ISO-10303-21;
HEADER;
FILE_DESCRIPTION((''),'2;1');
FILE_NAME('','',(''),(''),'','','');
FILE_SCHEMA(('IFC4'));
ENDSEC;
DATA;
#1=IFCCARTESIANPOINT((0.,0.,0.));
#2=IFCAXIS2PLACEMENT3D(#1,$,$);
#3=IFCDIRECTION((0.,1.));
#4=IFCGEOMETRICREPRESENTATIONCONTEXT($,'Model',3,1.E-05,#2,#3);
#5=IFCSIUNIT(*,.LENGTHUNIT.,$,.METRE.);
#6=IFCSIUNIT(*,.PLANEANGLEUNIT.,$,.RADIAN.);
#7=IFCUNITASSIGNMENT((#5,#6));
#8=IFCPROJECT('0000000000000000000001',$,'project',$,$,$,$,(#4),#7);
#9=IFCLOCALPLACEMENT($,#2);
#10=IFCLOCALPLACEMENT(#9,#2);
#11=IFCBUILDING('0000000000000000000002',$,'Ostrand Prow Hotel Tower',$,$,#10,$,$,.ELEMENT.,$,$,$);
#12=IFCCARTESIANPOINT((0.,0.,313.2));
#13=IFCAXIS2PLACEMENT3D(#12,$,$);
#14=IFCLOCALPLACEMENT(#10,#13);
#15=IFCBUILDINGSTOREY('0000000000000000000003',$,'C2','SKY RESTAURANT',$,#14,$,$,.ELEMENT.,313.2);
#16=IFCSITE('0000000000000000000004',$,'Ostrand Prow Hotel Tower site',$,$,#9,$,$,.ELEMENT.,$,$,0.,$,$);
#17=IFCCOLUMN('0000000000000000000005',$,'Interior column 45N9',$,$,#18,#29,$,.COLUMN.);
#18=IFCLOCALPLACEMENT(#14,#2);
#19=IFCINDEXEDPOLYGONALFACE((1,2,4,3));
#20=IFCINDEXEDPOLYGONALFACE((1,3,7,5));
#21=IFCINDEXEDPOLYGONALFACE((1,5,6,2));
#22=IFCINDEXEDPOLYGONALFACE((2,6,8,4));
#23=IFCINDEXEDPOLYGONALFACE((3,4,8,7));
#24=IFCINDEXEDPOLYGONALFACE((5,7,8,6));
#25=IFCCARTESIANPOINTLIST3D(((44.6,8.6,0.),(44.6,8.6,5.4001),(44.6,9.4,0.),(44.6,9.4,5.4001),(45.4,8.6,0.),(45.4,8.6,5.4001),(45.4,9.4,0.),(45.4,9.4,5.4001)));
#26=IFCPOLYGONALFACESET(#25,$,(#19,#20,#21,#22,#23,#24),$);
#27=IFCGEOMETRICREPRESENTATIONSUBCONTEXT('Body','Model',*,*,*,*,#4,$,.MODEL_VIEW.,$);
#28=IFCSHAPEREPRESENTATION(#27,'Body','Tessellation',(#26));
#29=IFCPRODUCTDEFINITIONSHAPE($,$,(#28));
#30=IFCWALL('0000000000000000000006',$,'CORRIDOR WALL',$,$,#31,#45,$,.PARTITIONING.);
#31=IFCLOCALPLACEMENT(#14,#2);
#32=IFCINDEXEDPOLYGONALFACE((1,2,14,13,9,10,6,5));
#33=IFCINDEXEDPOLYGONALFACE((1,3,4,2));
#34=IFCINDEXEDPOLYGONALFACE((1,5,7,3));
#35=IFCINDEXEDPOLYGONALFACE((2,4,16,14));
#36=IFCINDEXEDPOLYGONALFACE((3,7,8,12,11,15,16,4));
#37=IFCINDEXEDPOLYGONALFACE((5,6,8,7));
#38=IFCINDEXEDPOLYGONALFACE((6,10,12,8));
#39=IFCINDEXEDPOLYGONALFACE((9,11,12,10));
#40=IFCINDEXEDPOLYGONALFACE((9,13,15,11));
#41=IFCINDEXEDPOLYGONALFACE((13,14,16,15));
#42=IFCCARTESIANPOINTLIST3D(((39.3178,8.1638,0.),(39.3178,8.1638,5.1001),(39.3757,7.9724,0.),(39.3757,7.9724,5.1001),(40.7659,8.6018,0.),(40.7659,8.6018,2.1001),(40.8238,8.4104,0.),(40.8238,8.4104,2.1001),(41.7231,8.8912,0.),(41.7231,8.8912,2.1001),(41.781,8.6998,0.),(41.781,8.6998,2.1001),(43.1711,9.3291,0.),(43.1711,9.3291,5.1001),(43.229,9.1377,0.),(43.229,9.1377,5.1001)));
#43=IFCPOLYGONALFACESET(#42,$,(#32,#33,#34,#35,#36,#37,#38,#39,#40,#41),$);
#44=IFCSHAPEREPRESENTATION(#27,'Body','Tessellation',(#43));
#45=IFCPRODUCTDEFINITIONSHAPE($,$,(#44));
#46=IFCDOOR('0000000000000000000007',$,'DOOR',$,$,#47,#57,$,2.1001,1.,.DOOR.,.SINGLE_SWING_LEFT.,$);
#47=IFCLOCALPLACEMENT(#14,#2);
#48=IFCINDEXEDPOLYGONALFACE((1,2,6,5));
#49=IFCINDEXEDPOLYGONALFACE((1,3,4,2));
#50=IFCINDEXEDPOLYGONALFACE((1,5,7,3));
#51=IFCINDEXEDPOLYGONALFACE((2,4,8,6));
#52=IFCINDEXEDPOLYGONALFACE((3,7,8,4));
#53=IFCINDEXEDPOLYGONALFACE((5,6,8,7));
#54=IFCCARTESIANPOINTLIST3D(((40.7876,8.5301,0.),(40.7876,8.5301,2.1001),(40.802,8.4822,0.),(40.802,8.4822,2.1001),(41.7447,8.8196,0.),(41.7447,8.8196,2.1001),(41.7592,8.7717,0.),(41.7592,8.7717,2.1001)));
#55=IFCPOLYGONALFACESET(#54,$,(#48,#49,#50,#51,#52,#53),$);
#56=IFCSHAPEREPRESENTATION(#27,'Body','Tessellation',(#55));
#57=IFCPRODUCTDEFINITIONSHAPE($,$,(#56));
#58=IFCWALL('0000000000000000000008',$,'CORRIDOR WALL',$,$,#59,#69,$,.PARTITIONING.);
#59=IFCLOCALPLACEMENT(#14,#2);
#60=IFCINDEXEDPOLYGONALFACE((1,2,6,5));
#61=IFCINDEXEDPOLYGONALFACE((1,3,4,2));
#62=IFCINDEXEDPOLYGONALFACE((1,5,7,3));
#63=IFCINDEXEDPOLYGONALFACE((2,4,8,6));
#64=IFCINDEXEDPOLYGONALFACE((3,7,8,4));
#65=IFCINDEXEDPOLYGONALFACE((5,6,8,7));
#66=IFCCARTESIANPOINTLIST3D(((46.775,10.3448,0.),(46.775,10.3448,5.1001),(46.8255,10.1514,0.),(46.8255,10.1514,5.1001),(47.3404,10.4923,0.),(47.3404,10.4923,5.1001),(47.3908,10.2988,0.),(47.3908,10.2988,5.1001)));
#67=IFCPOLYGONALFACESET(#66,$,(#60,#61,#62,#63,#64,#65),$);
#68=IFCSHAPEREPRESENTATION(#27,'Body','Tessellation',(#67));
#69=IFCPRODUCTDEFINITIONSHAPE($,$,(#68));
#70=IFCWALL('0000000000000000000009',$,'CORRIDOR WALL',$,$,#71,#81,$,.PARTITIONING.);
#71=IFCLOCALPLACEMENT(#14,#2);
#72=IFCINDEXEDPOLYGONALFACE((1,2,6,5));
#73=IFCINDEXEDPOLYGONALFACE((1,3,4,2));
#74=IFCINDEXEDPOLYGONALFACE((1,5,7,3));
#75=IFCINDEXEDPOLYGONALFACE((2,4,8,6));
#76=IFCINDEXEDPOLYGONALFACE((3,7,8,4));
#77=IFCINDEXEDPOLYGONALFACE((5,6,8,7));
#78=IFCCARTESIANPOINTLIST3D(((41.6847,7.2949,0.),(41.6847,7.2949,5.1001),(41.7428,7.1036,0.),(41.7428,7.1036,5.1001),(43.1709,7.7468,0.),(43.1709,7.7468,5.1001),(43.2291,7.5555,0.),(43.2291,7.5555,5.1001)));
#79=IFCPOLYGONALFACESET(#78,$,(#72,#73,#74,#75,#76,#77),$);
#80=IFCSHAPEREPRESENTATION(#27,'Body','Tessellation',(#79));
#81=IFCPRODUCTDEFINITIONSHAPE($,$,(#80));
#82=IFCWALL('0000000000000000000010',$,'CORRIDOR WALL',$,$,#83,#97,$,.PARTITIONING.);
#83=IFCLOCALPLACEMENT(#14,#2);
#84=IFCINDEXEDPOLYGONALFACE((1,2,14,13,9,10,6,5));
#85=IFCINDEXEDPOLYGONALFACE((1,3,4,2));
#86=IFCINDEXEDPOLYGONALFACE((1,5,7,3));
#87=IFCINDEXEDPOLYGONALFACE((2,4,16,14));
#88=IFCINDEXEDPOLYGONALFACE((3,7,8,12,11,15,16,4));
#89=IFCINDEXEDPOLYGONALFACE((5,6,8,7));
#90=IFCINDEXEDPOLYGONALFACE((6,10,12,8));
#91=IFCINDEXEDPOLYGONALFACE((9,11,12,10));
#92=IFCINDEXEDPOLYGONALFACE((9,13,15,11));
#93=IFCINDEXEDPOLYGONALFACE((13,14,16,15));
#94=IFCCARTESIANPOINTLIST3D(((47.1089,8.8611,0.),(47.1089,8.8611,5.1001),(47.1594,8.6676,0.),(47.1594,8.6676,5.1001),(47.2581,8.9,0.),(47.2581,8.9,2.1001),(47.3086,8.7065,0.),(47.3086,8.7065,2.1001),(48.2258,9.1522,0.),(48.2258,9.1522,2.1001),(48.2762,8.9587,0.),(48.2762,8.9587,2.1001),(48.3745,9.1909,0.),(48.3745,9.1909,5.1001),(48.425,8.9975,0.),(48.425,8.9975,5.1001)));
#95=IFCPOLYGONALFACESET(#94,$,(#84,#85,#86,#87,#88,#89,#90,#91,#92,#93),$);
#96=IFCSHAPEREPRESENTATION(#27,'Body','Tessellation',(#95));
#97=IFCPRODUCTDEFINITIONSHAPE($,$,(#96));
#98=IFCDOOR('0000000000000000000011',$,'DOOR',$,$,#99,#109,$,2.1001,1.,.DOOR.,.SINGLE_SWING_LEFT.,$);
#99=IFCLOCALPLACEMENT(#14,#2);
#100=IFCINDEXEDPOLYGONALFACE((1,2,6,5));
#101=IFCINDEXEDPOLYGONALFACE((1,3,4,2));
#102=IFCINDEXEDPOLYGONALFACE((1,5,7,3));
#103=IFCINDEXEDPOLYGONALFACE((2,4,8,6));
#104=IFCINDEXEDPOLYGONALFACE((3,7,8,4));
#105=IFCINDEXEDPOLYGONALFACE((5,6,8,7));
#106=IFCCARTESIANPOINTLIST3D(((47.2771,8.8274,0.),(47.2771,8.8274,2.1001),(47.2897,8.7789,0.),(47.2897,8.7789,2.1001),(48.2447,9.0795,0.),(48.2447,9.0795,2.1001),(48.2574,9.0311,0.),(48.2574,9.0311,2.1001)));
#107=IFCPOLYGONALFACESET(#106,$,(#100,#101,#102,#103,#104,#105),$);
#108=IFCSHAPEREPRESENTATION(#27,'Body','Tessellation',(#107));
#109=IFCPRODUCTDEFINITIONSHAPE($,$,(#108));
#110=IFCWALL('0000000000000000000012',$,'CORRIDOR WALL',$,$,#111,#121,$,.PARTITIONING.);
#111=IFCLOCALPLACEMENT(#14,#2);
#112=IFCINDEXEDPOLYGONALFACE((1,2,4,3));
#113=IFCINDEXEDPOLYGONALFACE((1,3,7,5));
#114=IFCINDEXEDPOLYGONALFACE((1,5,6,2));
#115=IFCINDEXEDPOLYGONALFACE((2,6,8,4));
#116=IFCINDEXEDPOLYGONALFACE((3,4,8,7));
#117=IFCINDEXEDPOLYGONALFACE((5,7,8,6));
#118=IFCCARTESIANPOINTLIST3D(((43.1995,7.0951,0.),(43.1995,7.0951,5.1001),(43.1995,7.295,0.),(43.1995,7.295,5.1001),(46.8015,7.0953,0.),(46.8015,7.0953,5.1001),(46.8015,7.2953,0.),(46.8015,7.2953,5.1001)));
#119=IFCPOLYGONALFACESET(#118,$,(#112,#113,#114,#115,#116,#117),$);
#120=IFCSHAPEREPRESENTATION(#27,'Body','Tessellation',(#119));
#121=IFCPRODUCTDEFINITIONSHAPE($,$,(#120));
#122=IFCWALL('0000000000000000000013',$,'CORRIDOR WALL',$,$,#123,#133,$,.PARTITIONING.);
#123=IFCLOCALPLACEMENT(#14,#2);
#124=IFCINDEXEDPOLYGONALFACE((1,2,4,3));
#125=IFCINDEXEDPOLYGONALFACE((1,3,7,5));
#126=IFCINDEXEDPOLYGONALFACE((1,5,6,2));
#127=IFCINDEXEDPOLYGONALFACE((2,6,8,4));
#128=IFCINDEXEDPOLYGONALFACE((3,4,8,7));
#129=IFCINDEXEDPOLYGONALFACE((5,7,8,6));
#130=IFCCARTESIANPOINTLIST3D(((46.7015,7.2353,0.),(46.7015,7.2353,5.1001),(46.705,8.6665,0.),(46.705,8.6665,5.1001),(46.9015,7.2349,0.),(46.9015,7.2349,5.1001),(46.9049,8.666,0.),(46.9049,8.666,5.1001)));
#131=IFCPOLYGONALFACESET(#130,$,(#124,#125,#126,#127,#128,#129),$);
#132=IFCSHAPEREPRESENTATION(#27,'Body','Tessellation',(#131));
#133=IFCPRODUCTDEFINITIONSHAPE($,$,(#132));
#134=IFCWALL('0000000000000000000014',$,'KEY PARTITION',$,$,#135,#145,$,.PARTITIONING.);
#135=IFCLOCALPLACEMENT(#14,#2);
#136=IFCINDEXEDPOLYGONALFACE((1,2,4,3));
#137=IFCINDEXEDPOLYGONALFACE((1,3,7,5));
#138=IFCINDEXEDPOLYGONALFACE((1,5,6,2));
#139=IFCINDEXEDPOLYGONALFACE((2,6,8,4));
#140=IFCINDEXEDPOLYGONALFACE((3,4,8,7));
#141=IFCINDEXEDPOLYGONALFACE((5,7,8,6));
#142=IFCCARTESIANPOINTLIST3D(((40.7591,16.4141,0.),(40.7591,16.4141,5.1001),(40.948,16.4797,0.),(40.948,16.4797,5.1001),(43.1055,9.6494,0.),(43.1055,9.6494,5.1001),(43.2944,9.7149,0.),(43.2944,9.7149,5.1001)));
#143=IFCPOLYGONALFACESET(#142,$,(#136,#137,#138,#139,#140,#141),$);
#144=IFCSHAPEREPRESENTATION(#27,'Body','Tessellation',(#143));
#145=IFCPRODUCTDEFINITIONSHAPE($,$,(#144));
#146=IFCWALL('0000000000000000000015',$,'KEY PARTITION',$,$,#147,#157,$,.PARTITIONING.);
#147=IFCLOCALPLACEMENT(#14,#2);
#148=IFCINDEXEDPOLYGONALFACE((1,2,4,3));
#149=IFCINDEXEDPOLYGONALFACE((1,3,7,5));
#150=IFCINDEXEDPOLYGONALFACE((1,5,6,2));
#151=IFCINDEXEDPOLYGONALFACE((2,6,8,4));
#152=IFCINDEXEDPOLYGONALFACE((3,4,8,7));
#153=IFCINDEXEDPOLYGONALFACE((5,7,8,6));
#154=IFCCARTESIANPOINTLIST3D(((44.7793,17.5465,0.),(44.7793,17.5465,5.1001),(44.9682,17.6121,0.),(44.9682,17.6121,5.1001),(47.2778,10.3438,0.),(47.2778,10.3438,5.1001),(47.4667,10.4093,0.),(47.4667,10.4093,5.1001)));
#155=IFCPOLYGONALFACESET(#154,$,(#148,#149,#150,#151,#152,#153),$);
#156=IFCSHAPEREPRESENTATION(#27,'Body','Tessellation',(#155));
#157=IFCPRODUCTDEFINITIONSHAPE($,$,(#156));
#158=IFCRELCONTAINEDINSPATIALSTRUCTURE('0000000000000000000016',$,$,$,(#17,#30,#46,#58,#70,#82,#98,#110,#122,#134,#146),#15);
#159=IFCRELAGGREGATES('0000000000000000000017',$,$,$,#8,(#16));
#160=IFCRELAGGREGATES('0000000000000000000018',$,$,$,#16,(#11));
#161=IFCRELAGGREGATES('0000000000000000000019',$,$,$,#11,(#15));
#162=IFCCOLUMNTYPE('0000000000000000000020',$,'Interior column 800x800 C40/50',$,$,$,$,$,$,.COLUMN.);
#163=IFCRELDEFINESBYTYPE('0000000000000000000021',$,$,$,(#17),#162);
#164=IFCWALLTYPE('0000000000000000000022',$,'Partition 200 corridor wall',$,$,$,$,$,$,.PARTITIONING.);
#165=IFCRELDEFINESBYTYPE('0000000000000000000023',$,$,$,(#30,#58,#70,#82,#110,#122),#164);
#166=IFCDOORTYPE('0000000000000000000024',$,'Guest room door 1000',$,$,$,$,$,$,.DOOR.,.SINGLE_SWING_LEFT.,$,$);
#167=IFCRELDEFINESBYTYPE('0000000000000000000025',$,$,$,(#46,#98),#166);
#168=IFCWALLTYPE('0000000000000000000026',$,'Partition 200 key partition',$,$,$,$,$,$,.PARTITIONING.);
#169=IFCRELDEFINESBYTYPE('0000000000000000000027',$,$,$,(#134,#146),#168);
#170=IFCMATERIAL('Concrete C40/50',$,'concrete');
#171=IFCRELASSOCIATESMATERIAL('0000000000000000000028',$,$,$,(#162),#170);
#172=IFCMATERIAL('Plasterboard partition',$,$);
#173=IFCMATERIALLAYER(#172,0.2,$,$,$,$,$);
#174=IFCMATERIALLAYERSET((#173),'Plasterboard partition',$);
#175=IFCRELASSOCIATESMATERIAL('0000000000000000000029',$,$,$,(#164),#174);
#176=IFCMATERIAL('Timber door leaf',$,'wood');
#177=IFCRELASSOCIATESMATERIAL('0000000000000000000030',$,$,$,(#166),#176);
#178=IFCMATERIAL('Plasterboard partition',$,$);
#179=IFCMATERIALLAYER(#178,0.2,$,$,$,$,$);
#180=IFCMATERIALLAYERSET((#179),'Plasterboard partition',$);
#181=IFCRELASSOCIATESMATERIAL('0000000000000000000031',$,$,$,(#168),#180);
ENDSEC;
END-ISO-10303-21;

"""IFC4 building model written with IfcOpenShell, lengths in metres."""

from ifc_helpers import new_model, si_unit, direction, frame, frame_2d, origin, origin_2d, place, context, subcontext, project, spatial, rectangle, extrude, material, layer, layer_set, material_profile, profile_set, type_object, element, fill, save


model = new_model("IFC4")

# Units and contexts
model_context = context("Model", 3, precision=1e-05, world=origin(), true_north=direction((0.0, 1.0)))
body_context = subcontext(model_context, "Body", "Model", "MODEL_VIEW")
ifc_project = project(units=[si_unit("LENGTHUNIT", "METRE"), si_unit("PLANEANGLEUNIT", "RADIAN")], contexts=[model_context])

# Site, building, storey
site_placement = place(None, origin())
site = spatial("IfcSite", under=ifc_project, at=site_placement, Name="Ostrand Prow Hotel Tower site", CompositionType="ELEMENT", RefElevation=0.0)
building_placement = place(site_placement, origin())
building = spatial("IfcBuilding", under=site, at=building_placement, Name="Ostrand Prow Hotel Tower", CompositionType="ELEMENT")
storey_placement = place(building_placement, frame((0.0, 0.0, 313.2)))
storey = spatial("IfcBuildingStorey", under=building, at=storey_placement, Name="C2", Description="SKY RESTAURANT", CompositionType="ELEMENT", Elevation=313.2)

# Column
ifc_material_1 = material(Name="Concrete C40/50", Category="concrete")
ifc_material_profile = material_profile(ifc_material_1, rectangle(XDim=0.8, YDim=0.8, at=origin_2d()), Name="RC 800x800")
ifc_profile_set = profile_set([ifc_material_profile], Name="Concrete C40/50")
column_type = type_object("IfcColumnType", Name="Interior column 800x800 C40/50", PredefinedType="COLUMN", material=ifc_profile_set)
column_placement = place(storey_placement, frame((45.0, 9.0, 0.0), z_axis=(0.0, 0.0, 1.0), x_axis=(1.0, 0.0, 0.0)))
element("IfcColumn", 1, at=column_placement, inside=storey, type_object=column_type, Name="Interior column 45N9", PredefinedType="COLUMN", context=body_context, shape_type="SweptSolid", body=[
    extrude(rectangle(XDim=0.8, YDim=0.8, at=origin_2d()), origin(), (0.0, 0.0, 1.0), 5.4001),
])

# Wall, opening, door
ifc_material_2 = material(Name="Plasterboard partition")
ifc_layer_1 = layer(ifc_material_2, 0.2)
ifc_layer_set_1 = layer_set([ifc_layer_1], Name="Plasterboard partition")
wall_type_1 = type_object("IfcWallType", Name="Partition 200 corridor wall", PredefinedType="PARTITIONING", material=ifc_layer_set_1)
wall_1_placement = place(storey_placement, frame((43.2, 9.2334, 0.0), z_axis=(0.0, 0.0, 1.0), x_axis=(-0.957188, -0.289467, 0.0)))
wall_1 = element("IfcWall", 2, at=wall_1_placement, inside=storey, type_object=wall_type_1, Name="CORRIDOR WALL", PredefinedType="PARTITIONING", context=body_context, shape_type="SweptSolid", body=[
    extrude(rectangle(XDim=4.0256, YDim=0.2, at=frame_2d((2.0127, 0.0))), origin(), (0.0, 0.0, 1.0), 5.1001),
])
opening_1_placement = place(wall_1_placement, frame((1.5127, 0.0, 0.0)))
opening_1 = element("IfcOpeningElement", 3, at=opening_1_placement, cuts=wall_1, PredefinedType="OPENING", context=body_context, shape_type="SweptSolid", body=[
    extrude(rectangle(XDim=1.0, YDim=2.1001, at=frame_2d((0.5, 1.05))), frame((0.0, 0.1099, 0.0), z_axis=(0.0, -1.0, 0.0), x_axis=(1.0, 0.0, 0.0)), (0.0, 0.0, 1.0), 0.22),
])
ifc_material_3 = material(Name="Timber door leaf", Category="wood")
door_type = type_object("IfcDoorType", Name="Guest room door 1000", OperationType="SINGLE_SWING_LEFT", PredefinedType="DOOR", material=ifc_material_3)
door_1_placement = place(opening_1_placement, origin())
door_1 = element("IfcDoor", 4, at=door_1_placement, inside=storey, type_object=door_type, Name="DOOR", OperationType="SINGLE_SWING_LEFT", OverallHeight=2.1001, OverallWidth=1.0, PredefinedType="DOOR", context=body_context, shape_type="SweptSolid", body=[
    extrude(rectangle(XDim=1.0, YDim=2.1001, at=frame_2d((0.5, 1.05))), frame((0.0, 0.0249, 0.0), z_axis=(0.0, -1.0, 0.0), x_axis=(1.0, 0.0, 0.0)), (0.0, 0.0, 1.0), 0.05),
])
fill(opening_1, door_1)

# Walls
wall_2_placement = place(storey_placement, frame((47.3655, 10.3955, 0.0), z_axis=(0.0, 0.0, 1.0), x_axis=(-0.967635, -0.252354, 0.0)))
element("IfcWall", 5, at=wall_2_placement, inside=storey, type_object=wall_type_1, Name="CORRIDOR WALL", PredefinedType="PARTITIONING", context=body_context, shape_type="SweptSolid", body=[
    extrude(rectangle(XDim=0.5842, YDim=0.2, at=frame_2d((0.292, 0.0))), origin(), (0.0, 0.0, 1.0), 5.1001),
])
wall_3_placement = place(storey_placement, frame((41.7136, 7.1992, 0.0), z_axis=(0.0, 0.0, 1.0), x_axis=(0.956756, 0.290893, 0.0)))
element("IfcWall", 6, at=wall_3_placement, inside=storey, type_object=wall_type_1, Name="CORRIDOR WALL", PredefinedType="PARTITIONING", context=body_context, shape_type="SweptSolid", body=[
    extrude(rectangle(XDim=1.5535, YDim=0.2, at=frame_2d((0.7769, 0.0))), origin(), (0.0, 0.0, 1.0), 5.1001),
])

# Wall, opening, door
wall_4_placement = place(storey_placement, frame((47.1343, 8.7644, 0.0), z_axis=(0.0, 0.0, 1.0), x_axis=(0.967679, 0.252186, 0.0)))
wall_4 = element("IfcWall", 7, at=wall_4_placement, inside=storey, type_object=wall_type_1, Name="CORRIDOR WALL", PredefinedType="PARTITIONING", context=body_context, shape_type="SweptSolid", body=[
    extrude(rectangle(XDim=1.3079, YDim=0.2, at=frame_2d((0.6538, 0.0))), origin(), (0.0, 0.0, 1.0), 5.1001),
])
opening_2_placement = place(wall_4_placement, frame((0.1541, 0.0, 0.0)))
opening_2 = element("IfcOpeningElement", 8, at=opening_2_placement, cuts=wall_4, PredefinedType="OPENING", context=body_context, shape_type="SweptSolid", body=[
    extrude(rectangle(XDim=1.0, YDim=2.1001, at=frame_2d((0.5, 1.05))), frame((0.0, 0.1099, 0.0), z_axis=(0.0, -1.0, 0.0), x_axis=(1.0, 0.0, 0.0)), (0.0, 0.0, 1.0), 0.22),
])
door_2_placement = place(opening_2_placement, origin())
door_2 = element("IfcDoor", 9, at=door_2_placement, inside=storey, type_object=door_type, Name="DOOR", OperationType="SINGLE_SWING_LEFT", OverallHeight=2.1001, OverallWidth=1.0, PredefinedType="DOOR", context=body_context, shape_type="SweptSolid", body=[
    extrude(rectangle(XDim=1.0, YDim=2.1001, at=frame_2d((0.5, 1.05))), frame((0.0, 0.0249, 0.0), z_axis=(0.0, -1.0, 0.0), x_axis=(1.0, 0.0, 0.0)), (0.0, 0.0, 1.0), 0.05),
])
fill(opening_2, door_2)

# Walls
wall_5_placement = place(storey_placement, frame((43.1995, 7.1951, 0.0), z_axis=(0.0, 0.0, 1.0), x_axis=(1.0, 0.000068, 0.0)))
element("IfcWall", 10, at=wall_5_placement, inside=storey, type_object=wall_type_1, Name="CORRIDOR WALL", PredefinedType="PARTITIONING", context=body_context, shape_type="SweptSolid", body=[
    extrude(rectangle(XDim=3.6021, YDim=0.2, at=frame_2d((1.801, 0.0))), origin(), (0.0, 0.0, 1.0), 5.1001),
])
wall_6_placement = place(storey_placement, frame((46.8015, 7.2351, 0.0), z_axis=(0.0, 0.0, 1.0), x_axis=(0.002388, 0.999997, 0.0)))
element("IfcWall", 11, at=wall_6_placement, inside=storey, type_object=wall_type_1, Name="CORRIDOR WALL", PredefinedType="PARTITIONING", context=body_context, shape_type="SweptSolid", body=[
    extrude(rectangle(XDim=1.4312, YDim=0.2, at=frame_2d((0.7156, 0.0))), origin(), (0.0, 0.0, 1.0), 5.1001),
])
ifc_material_4 = material(Name="Plasterboard partition")
ifc_layer_2 = layer(ifc_material_4, 0.2)
ifc_layer_set_2 = layer_set([ifc_layer_2], Name="Plasterboard partition")
wall_type_2 = type_object("IfcWallType", Name="Partition 200 key partition", PredefinedType="PARTITIONING", material=ifc_layer_set_2)
wall_7_placement = place(storey_placement, frame((43.2, 9.6821, 0.0), z_axis=(0.0, 0.0, 1.0), x_axis=(-0.327702, 0.944781, 0.0)))
element("IfcWall", 12, at=wall_7_placement, inside=storey, type_object=wall_type_2, Name="KEY PARTITION", PredefinedType="PARTITIONING", context=body_context, shape_type="SweptSolid", body=[
    extrude(rectangle(XDim=7.1602, YDim=0.2, at=frame_2d((3.5801, 0.0))), origin(), (0.0, 0.0, 1.0), 5.1001),
])
wall_8_placement = place(storey_placement, frame((47.3723, 10.3765, 0.0), z_axis=(0.0, 0.0, 1.0), x_axis=(-0.327733, 0.94477, 0.0)))
element("IfcWall", 13, at=wall_8_placement, inside=storey, type_object=wall_type_2, Name="KEY PARTITION", PredefinedType="PARTITIONING", context=body_context, shape_type="SweptSolid", body=[
    extrude(rectangle(XDim=7.6238, YDim=0.2, at=frame_2d((3.812, 0.0))), origin(), (0.0, 0.0, 1.0), 5.1001),
])

save(model, "model.ifc")
